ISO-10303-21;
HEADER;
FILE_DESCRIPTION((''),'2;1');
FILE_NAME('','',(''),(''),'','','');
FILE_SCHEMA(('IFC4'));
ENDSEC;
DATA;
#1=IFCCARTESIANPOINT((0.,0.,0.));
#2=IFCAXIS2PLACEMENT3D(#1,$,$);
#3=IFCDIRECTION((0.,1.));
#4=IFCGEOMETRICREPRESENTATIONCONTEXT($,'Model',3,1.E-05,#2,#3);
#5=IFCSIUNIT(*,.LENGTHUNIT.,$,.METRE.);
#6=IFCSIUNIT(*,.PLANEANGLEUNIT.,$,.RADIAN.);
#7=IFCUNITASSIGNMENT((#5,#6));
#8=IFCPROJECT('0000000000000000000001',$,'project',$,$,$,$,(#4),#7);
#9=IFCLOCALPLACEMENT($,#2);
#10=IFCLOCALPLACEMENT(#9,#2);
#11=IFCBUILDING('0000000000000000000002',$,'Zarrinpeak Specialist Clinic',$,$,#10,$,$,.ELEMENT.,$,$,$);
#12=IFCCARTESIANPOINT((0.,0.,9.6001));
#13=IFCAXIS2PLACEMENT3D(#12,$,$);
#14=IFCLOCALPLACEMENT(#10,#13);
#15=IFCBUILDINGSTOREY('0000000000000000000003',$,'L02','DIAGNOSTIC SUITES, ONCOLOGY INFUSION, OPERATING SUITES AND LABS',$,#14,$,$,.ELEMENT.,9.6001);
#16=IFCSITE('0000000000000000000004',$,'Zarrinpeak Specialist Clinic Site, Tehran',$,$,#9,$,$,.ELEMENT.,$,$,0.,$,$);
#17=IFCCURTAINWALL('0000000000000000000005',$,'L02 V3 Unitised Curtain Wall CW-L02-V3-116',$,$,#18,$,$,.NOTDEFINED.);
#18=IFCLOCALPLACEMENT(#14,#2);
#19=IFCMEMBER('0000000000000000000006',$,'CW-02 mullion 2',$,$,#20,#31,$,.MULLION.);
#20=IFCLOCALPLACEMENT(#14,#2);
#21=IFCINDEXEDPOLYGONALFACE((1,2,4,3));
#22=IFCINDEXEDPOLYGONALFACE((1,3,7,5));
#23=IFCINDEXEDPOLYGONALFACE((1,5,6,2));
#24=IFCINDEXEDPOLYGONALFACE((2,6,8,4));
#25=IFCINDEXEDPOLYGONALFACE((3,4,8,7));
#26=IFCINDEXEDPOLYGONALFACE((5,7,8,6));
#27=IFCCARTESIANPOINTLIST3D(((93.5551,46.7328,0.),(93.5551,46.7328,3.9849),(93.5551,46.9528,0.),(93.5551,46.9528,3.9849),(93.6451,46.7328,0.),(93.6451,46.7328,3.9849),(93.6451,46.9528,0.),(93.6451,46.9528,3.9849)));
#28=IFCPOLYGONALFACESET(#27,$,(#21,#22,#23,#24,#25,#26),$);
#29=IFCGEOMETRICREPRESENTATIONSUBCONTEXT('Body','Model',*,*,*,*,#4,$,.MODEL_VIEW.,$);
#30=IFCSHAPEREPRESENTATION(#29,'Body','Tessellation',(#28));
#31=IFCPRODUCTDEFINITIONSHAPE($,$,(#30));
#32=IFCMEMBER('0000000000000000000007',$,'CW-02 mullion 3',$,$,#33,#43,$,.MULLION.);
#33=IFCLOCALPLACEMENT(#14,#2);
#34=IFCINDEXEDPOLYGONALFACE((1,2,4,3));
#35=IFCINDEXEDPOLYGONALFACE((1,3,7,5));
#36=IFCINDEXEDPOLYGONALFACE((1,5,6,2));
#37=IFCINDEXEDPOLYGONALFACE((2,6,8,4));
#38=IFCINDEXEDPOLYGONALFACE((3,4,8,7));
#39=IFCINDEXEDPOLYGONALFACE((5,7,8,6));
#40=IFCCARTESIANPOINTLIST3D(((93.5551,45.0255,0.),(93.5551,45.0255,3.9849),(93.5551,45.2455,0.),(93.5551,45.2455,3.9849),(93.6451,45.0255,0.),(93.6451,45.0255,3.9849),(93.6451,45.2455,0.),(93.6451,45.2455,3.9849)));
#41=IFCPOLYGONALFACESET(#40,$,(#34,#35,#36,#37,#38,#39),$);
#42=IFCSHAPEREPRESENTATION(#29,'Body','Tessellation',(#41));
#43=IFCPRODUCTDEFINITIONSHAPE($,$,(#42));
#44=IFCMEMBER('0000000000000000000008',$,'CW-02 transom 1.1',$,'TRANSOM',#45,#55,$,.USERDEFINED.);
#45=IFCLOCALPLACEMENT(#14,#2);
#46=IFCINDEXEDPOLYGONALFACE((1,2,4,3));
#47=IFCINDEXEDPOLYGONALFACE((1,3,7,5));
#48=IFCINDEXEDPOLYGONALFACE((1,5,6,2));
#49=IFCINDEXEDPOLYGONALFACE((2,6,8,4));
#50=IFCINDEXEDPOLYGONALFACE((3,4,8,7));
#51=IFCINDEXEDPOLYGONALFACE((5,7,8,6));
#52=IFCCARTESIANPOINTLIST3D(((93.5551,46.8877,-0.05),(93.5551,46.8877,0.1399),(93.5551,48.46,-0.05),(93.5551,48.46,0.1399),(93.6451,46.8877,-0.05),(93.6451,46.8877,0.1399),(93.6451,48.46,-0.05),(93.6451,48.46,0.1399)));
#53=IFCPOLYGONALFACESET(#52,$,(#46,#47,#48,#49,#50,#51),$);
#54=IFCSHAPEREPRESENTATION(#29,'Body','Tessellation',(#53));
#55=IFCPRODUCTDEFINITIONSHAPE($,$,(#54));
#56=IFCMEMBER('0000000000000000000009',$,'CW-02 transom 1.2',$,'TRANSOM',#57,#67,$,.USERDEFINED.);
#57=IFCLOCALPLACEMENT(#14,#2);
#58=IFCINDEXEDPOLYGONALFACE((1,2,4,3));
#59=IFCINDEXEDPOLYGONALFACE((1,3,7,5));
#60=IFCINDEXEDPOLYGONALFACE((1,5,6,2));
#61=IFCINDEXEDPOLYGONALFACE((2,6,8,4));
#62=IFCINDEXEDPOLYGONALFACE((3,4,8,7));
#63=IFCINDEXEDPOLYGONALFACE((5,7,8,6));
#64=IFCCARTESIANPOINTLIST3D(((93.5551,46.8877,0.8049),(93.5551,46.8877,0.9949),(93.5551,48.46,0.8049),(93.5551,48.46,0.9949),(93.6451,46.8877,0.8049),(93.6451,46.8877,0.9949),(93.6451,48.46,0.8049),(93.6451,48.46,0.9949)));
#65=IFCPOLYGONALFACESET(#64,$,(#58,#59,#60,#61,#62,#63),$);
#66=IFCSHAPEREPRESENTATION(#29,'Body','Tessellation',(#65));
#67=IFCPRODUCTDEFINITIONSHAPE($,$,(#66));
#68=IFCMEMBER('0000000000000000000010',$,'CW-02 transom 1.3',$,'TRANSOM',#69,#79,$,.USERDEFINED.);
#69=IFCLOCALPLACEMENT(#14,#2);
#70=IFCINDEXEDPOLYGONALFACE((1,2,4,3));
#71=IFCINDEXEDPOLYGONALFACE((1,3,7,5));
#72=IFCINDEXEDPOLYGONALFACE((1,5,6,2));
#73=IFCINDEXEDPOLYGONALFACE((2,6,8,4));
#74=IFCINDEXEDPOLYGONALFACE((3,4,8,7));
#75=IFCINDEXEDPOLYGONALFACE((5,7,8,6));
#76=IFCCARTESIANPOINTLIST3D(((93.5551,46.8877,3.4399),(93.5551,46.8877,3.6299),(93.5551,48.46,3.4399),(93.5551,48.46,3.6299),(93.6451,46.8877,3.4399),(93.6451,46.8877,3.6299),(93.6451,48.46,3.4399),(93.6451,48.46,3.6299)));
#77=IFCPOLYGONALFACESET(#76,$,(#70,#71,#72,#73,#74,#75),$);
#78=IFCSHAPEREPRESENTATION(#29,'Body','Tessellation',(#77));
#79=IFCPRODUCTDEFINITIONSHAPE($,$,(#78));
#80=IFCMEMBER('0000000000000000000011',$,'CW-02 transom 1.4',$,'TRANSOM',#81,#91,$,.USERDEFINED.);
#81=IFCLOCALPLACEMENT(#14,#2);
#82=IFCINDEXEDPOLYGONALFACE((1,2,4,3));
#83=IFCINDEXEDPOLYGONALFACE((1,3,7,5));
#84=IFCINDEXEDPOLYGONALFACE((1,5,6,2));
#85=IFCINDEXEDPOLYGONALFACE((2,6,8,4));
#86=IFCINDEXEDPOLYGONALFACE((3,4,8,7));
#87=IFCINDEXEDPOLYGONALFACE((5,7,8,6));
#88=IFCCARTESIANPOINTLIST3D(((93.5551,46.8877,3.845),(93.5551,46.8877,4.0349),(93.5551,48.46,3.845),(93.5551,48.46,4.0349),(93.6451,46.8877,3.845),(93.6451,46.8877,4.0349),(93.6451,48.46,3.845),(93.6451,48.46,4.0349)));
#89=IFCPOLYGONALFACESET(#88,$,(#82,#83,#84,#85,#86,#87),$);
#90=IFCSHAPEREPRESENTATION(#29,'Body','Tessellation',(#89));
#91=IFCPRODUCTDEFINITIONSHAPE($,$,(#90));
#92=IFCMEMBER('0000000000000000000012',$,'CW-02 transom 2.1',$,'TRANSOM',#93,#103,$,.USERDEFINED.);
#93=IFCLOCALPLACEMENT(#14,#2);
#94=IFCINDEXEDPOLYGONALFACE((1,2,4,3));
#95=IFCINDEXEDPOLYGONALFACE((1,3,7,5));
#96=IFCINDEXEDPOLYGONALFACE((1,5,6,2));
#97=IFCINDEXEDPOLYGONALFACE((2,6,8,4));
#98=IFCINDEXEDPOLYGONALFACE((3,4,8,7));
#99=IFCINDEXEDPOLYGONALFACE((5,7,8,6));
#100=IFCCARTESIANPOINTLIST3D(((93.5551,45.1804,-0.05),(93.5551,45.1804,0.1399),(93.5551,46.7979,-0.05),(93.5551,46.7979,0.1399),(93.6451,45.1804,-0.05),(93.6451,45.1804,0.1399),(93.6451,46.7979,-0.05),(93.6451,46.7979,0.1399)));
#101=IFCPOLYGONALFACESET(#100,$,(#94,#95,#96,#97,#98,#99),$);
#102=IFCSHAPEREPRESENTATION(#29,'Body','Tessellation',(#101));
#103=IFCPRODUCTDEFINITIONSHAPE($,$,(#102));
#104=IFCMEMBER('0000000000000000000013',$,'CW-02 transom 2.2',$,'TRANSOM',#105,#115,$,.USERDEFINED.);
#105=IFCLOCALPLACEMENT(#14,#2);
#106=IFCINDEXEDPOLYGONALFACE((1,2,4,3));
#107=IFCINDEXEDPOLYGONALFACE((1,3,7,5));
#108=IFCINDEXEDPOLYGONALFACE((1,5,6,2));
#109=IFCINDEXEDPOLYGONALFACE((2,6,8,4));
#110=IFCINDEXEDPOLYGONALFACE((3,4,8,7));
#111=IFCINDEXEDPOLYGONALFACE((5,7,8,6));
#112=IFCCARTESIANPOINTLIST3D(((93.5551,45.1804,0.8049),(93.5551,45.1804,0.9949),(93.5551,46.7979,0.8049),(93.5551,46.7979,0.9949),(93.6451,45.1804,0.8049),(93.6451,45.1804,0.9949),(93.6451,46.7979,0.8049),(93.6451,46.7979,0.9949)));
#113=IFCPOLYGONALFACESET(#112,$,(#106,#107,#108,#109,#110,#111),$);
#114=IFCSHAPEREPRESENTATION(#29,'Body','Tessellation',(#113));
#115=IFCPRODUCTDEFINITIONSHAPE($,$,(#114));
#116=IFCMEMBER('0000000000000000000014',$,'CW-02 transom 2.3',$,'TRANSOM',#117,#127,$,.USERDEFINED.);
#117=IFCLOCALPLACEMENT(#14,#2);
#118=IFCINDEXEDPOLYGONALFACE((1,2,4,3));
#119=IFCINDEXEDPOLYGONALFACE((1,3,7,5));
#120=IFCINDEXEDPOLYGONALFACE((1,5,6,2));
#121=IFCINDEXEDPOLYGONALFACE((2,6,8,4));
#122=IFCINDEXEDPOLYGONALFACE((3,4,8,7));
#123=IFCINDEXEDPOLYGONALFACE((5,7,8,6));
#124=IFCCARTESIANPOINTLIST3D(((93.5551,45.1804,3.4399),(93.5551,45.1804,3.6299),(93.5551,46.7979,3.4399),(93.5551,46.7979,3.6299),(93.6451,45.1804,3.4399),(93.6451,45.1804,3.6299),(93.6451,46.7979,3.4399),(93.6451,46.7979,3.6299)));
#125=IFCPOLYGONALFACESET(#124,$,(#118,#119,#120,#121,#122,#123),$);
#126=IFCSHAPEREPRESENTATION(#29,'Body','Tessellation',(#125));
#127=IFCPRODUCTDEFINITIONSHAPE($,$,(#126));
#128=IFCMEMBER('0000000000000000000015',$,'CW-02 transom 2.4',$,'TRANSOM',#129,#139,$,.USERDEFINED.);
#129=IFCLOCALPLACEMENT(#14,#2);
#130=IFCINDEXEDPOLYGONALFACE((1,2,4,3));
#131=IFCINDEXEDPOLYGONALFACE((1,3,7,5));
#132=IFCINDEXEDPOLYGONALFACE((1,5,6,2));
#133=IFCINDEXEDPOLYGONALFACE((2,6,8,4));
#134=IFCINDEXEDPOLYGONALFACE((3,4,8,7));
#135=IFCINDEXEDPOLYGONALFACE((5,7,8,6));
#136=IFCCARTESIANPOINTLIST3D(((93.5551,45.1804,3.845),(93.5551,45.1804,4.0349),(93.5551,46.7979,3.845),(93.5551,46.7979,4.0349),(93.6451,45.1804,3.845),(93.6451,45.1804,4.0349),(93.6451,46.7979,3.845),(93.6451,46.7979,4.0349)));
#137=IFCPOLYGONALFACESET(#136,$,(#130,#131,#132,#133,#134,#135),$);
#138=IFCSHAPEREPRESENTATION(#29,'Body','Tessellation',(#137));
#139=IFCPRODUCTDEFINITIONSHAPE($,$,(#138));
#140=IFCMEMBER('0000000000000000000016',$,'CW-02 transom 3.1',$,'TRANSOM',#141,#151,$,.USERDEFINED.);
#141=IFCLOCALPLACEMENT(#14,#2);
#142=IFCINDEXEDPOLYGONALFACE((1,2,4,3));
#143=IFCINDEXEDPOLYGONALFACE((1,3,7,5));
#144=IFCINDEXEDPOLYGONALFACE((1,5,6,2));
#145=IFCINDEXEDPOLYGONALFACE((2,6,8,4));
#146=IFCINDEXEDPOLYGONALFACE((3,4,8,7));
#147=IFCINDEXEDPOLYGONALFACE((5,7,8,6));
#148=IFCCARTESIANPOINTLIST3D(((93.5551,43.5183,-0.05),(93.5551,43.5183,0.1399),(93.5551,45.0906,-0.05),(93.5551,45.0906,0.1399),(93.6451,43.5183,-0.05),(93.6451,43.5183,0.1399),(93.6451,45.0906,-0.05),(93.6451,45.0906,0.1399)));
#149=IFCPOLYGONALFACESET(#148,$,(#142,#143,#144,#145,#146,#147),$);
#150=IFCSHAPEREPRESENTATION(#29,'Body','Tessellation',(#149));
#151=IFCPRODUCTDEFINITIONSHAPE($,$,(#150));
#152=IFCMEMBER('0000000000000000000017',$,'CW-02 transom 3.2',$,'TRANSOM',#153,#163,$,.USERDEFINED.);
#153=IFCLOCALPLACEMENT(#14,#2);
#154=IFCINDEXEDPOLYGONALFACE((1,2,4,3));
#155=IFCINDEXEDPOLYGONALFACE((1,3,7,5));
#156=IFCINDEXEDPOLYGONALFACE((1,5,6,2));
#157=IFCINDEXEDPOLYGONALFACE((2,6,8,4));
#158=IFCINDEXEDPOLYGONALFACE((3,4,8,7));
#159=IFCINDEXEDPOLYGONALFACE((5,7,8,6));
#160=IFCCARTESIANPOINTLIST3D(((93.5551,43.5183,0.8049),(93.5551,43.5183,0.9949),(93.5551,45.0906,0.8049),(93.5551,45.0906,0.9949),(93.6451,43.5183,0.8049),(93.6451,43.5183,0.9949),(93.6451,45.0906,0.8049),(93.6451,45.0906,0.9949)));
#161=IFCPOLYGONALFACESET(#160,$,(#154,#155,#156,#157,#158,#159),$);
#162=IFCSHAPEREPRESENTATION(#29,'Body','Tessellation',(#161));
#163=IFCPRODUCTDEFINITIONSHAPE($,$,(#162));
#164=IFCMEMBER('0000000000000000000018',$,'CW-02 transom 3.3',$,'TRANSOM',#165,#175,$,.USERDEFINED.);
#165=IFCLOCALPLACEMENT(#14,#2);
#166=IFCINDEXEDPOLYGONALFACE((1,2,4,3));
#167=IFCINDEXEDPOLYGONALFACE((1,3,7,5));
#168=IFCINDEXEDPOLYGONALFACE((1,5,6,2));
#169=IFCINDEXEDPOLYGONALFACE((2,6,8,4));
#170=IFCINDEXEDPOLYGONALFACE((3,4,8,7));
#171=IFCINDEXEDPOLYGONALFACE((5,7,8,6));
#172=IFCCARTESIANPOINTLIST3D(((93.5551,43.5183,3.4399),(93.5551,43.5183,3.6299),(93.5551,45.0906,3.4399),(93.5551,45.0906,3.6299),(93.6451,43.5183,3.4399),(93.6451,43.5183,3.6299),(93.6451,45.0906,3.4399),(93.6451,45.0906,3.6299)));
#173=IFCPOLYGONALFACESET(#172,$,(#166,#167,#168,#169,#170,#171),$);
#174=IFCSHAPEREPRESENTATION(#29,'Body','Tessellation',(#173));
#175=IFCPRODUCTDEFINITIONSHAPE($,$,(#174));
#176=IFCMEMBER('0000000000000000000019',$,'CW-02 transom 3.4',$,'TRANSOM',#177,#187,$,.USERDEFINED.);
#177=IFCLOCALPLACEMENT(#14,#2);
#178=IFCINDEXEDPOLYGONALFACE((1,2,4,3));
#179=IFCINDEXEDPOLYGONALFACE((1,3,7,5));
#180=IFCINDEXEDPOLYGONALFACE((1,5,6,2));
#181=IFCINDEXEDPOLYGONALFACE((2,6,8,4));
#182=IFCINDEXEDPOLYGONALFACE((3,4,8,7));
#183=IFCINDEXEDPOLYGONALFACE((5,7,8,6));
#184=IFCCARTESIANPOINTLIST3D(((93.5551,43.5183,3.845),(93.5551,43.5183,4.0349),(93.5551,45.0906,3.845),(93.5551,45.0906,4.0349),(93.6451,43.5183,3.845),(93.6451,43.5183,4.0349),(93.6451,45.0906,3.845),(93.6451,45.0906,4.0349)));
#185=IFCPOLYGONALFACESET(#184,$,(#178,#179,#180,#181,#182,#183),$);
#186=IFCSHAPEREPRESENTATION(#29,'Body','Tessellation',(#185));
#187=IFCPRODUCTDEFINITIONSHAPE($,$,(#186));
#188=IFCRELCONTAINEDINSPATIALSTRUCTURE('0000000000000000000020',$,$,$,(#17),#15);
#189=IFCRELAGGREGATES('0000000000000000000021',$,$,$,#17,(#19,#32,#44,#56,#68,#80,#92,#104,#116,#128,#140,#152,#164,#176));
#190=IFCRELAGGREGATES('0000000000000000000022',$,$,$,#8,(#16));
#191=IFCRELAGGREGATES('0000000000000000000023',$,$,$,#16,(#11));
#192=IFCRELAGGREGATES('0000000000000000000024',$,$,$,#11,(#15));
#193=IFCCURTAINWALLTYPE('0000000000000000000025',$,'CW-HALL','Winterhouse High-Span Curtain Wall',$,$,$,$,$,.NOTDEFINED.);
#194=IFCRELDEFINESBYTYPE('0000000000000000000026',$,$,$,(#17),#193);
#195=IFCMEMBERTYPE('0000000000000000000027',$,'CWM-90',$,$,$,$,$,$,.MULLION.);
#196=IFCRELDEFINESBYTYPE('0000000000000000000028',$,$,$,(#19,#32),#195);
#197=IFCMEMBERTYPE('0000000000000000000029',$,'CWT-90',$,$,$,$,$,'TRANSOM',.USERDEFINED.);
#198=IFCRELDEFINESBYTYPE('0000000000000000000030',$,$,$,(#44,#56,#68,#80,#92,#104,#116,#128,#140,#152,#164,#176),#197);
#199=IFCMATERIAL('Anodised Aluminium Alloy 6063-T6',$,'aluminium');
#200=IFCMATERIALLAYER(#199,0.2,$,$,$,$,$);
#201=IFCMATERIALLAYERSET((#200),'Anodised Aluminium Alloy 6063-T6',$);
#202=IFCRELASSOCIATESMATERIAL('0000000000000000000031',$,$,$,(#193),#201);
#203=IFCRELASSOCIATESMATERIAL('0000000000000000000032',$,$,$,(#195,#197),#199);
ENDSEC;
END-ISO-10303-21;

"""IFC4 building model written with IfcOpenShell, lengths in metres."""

from ifc_helpers import new_model, si_unit, direction, frame, origin, origin_2d, place, context, subcontext, project, spatial, rectangle, extrude, material, layer, layer_set, material_profile, profile_set, type_object, element, aggregate, save


model = new_model("IFC4")

# Units and contexts
model_context = context("Model", 3, precision=1e-05, world=origin(), true_north=direction((0.0, 1.0)))
body_context = subcontext(model_context, "Body", "Model", "MODEL_VIEW")
ifc_project = project(units=[si_unit("LENGTHUNIT", "METRE"), si_unit("PLANEANGLEUNIT", "RADIAN")], contexts=[model_context])

# Site, building, storey
site_placement = place(None, origin())
site = spatial("IfcSite", under=ifc_project, at=site_placement, Name="Zarrinpeak Specialist Clinic Site, Tehran", CompositionType="ELEMENT", RefElevation=0.0)
building_placement = place(site_placement, origin())
building = spatial("IfcBuilding", under=site, at=building_placement, Name="Zarrinpeak Specialist Clinic", CompositionType="ELEMENT")
storey_placement = place(building_placement, frame((0.0, 0.0, 9.6001)))
storey = spatial("IfcBuildingStorey", under=building, at=storey_placement, Name="L02", Description="DIAGNOSTIC SUITES, ONCOLOGY INFUSION, OPERATING SUITES AND LABS", CompositionType="ELEMENT", Elevation=9.6001)

# Curtain wall, members
ifc_material_1 = material(Name="Anodised Aluminium Alloy 6063-T6", Category="aluminium")
ifc_layer_1 = layer(ifc_material_1, 0.2)
ifc_layer_set_1 = layer_set([ifc_layer_1], Name="Anodised Aluminium Alloy 6063-T6")
curtain_wall_type = type_object("IfcCurtainWallType", Name="CW-HALL", Description="Winterhouse High-Span Curtain Wall", PredefinedType="NOTDEFINED", material=ifc_layer_set_1)
curtain_wall_placement = place(storey_placement, origin())
curtain_wall = element("IfcCurtainWall", 1, at=curtain_wall_placement, inside=storey, type_object=curtain_wall_type, Name="L02 V3 Unitised Curtain Wall CW-L02-V3-116", PredefinedType="NOTDEFINED")
ifc_material_profile_1 = material_profile(ifc_material_1, rectangle(XDim=0.0901, YDim=0.22, at=origin_2d()), Name="ALU 90x220")
ifc_profile_set_1 = profile_set([ifc_material_profile_1], Name="Anodised Aluminium Alloy 6063-T6")
member_type_1 = type_object("IfcMemberType", Name="CWM-90", PredefinedType="MULLION", material=ifc_profile_set_1)
member_1_placement = place(storey_placement, frame((93.6001, 46.8428, 0.0), z_axis=(0.0, 0.0, 1.0), x_axis=(1.0, 0.0, 0.0)))
member_1 = element("IfcMember", 2, at=member_1_placement, type_object=member_type_1, Name="CW-02 mullion 2", PredefinedType="MULLION", context=body_context, shape_type="SweptSolid", body=[
    extrude(rectangle(XDim=0.0901, YDim=0.22, at=origin_2d()), origin(), (0.0, 0.0, 1.0), 3.9849),
])
member_2_placement = place(storey_placement, frame((93.6001, 45.1355, 0.0), z_axis=(0.0, 0.0, 1.0), x_axis=(1.0, 0.0, 0.0)))
member_2 = element("IfcMember", 3, at=member_2_placement, type_object=member_type_1, Name="CW-02 mullion 3", PredefinedType="MULLION", context=body_context, shape_type="SweptSolid", body=[
    extrude(rectangle(XDim=0.0901, YDim=0.22, at=origin_2d()), origin(), (0.0, 0.0, 1.0), 3.9849),
])
ifc_material_profile_2 = material_profile(ifc_material_1, rectangle(XDim=0.0901, YDim=0.1899, at=origin_2d()), Name="ALU 90x190")
ifc_profile_set_2 = profile_set([ifc_material_profile_2], Name="Anodised Aluminium Alloy 6063-T6")
member_type_2 = type_object("IfcMemberType", Name="CWT-90", ElementType="TRANSOM", PredefinedType="USERDEFINED", material=ifc_profile_set_2)
member_3_placement = place(storey_placement, frame((93.6001, 48.46, 0.0449), z_axis=(0.0, -1.0, 0.0), x_axis=(1.0, 0.0, 0.0)))
member_3 = element("IfcMember", 4, at=member_3_placement, type_object=member_type_2, Name="CW-02 transom 1.1", ObjectType="TRANSOM", PredefinedType="USERDEFINED", context=body_context, shape_type="SweptSolid", body=[
    extrude(rectangle(XDim=0.0901, YDim=0.1899, at=origin_2d()), origin(), (0.0, 0.0, 1.0), 1.5723),
])
member_4_placement = place(storey_placement, frame((93.6001, 48.46, 0.8999), z_axis=(0.0, -1.0, 0.0), x_axis=(1.0, 0.0, 0.0)))
member_4 = element("IfcMember", 5, at=member_4_placement, type_object=member_type_2, Name="CW-02 transom 1.2", ObjectType="TRANSOM", PredefinedType="USERDEFINED", context=body_context, shape_type="SweptSolid", body=[
    extrude(rectangle(XDim=0.0901, YDim=0.1899, at=origin_2d()), origin(), (0.0, 0.0, 1.0), 1.5723),
])
member_5_placement = place(storey_placement, frame((93.6001, 48.46, 3.5349), z_axis=(0.0, -1.0, 0.0), x_axis=(1.0, 0.0, 0.0)))
member_5 = element("IfcMember", 6, at=member_5_placement, type_object=member_type_2, Name="CW-02 transom 1.3", ObjectType="TRANSOM", PredefinedType="USERDEFINED", context=body_context, shape_type="SweptSolid", body=[
    extrude(rectangle(XDim=0.0901, YDim=0.1899, at=origin_2d()), origin(), (0.0, 0.0, 1.0), 1.5723),
])
member_6_placement = place(storey_placement, frame((93.6001, 48.46, 3.9399), z_axis=(0.0, -1.0, 0.0), x_axis=(1.0, 0.0, 0.0)))
member_6 = element("IfcMember", 7, at=member_6_placement, type_object=member_type_2, Name="CW-02 transom 1.4", ObjectType="TRANSOM", PredefinedType="USERDEFINED", context=body_context, shape_type="SweptSolid", body=[
    extrude(rectangle(XDim=0.0901, YDim=0.1899, at=origin_2d()), origin(), (0.0, 0.0, 1.0), 1.5723),
])
member_7_placement = place(storey_placement, frame((93.6001, 46.7979, 0.0449), z_axis=(0.0, -1.0, 0.0), x_axis=(1.0, 0.0, 0.0)))
member_7 = element("IfcMember", 8, at=member_7_placement, type_object=member_type_2, Name="CW-02 transom 2.1", ObjectType="TRANSOM", PredefinedType="USERDEFINED", context=body_context, shape_type="SweptSolid", body=[
    extrude(rectangle(XDim=0.0901, YDim=0.1899, at=origin_2d()), origin(), (0.0, 0.0, 1.0), 1.6174),
])
member_8_placement = place(storey_placement, frame((93.6001, 46.7979, 0.8999), z_axis=(0.0, -1.0, 0.0), x_axis=(1.0, 0.0, 0.0)))
member_8 = element("IfcMember", 9, at=member_8_placement, type_object=member_type_2, Name="CW-02 transom 2.2", ObjectType="TRANSOM", PredefinedType="USERDEFINED", context=body_context, shape_type="SweptSolid", body=[
    extrude(rectangle(XDim=0.0901, YDim=0.1899, at=origin_2d()), origin(), (0.0, 0.0, 1.0), 1.6174),
])
member_9_placement = place(storey_placement, frame((93.6001, 46.7979, 3.5349), z_axis=(0.0, -1.0, 0.0), x_axis=(1.0, 0.0, 0.0)))
member_9 = element("IfcMember", 10, at=member_9_placement, type_object=member_type_2, Name="CW-02 transom 2.3", ObjectType="TRANSOM", PredefinedType="USERDEFINED", context=body_context, shape_type="SweptSolid", body=[
    extrude(rectangle(XDim=0.0901, YDim=0.1899, at=origin_2d()), origin(), (0.0, 0.0, 1.0), 1.6174),
])
member_10_placement = place(storey_placement, frame((93.6001, 46.7979, 3.9399), z_axis=(0.0, -1.0, 0.0), x_axis=(1.0, 0.0, 0.0)))
member_10 = element("IfcMember", 11, at=member_10_placement, type_object=member_type_2, Name="CW-02 transom 2.4", ObjectType="TRANSOM", PredefinedType="USERDEFINED", context=body_context, shape_type="SweptSolid", body=[
    extrude(rectangle(XDim=0.0901, YDim=0.1899, at=origin_2d()), origin(), (0.0, 0.0, 1.0), 1.6174),
])
member_11_placement = place(storey_placement, frame((93.6001, 45.0906, 0.0449), z_axis=(0.0, -1.0, 0.0), x_axis=(1.0, 0.0, 0.0)))
member_11 = element("IfcMember", 12, at=member_11_placement, type_object=member_type_2, Name="CW-02 transom 3.1", ObjectType="TRANSOM", PredefinedType="USERDEFINED", context=body_context, shape_type="SweptSolid", body=[
    extrude(rectangle(XDim=0.0901, YDim=0.1899, at=origin_2d()), origin(), (0.0, 0.0, 1.0), 1.5723),
])
member_12_placement = place(storey_placement, frame((93.6001, 45.0906, 0.8999), z_axis=(0.0, -1.0, 0.0), x_axis=(1.0, 0.0, 0.0)))
member_12 = element("IfcMember", 13, at=member_12_placement, type_object=member_type_2, Name="CW-02 transom 3.2", ObjectType="TRANSOM", PredefinedType="USERDEFINED", context=body_context, shape_type="SweptSolid", body=[
    extrude(rectangle(XDim=0.0901, YDim=0.1899, at=origin_2d()), origin(), (0.0, 0.0, 1.0), 1.5723),
])
member_13_placement = place(storey_placement, frame((93.6001, 45.0906, 3.5349), z_axis=(0.0, -1.0, 0.0), x_axis=(1.0, 0.0, 0.0)))
member_13 = element("IfcMember", 14, at=member_13_placement, type_object=member_type_2, Name="CW-02 transom 3.3", ObjectType="TRANSOM", PredefinedType="USERDEFINED", context=body_context, shape_type="SweptSolid", body=[
    extrude(rectangle(XDim=0.0901, YDim=0.1899, at=origin_2d()), origin(), (0.0, 0.0, 1.0), 1.5723),
])
member_14_placement = place(storey_placement, frame((93.6001, 45.0906, 3.9399), z_axis=(0.0, -1.0, 0.0), x_axis=(1.0, 0.0, 0.0)))
member_14 = element("IfcMember", 15, at=member_14_placement, type_object=member_type_2, Name="CW-02 transom 3.4", ObjectType="TRANSOM", PredefinedType="USERDEFINED", context=body_context, shape_type="SweptSolid", body=[
    extrude(rectangle(XDim=0.0901, YDim=0.1899, at=origin_2d()), origin(), (0.0, 0.0, 1.0), 1.5723),
])
aggregate(curtain_wall, [member_1, member_2, member_3, member_4, member_5, member_6, member_7, member_8, member_9, member_10, member_11, member_12, member_13, member_14])

save(model, "model.ifc")
